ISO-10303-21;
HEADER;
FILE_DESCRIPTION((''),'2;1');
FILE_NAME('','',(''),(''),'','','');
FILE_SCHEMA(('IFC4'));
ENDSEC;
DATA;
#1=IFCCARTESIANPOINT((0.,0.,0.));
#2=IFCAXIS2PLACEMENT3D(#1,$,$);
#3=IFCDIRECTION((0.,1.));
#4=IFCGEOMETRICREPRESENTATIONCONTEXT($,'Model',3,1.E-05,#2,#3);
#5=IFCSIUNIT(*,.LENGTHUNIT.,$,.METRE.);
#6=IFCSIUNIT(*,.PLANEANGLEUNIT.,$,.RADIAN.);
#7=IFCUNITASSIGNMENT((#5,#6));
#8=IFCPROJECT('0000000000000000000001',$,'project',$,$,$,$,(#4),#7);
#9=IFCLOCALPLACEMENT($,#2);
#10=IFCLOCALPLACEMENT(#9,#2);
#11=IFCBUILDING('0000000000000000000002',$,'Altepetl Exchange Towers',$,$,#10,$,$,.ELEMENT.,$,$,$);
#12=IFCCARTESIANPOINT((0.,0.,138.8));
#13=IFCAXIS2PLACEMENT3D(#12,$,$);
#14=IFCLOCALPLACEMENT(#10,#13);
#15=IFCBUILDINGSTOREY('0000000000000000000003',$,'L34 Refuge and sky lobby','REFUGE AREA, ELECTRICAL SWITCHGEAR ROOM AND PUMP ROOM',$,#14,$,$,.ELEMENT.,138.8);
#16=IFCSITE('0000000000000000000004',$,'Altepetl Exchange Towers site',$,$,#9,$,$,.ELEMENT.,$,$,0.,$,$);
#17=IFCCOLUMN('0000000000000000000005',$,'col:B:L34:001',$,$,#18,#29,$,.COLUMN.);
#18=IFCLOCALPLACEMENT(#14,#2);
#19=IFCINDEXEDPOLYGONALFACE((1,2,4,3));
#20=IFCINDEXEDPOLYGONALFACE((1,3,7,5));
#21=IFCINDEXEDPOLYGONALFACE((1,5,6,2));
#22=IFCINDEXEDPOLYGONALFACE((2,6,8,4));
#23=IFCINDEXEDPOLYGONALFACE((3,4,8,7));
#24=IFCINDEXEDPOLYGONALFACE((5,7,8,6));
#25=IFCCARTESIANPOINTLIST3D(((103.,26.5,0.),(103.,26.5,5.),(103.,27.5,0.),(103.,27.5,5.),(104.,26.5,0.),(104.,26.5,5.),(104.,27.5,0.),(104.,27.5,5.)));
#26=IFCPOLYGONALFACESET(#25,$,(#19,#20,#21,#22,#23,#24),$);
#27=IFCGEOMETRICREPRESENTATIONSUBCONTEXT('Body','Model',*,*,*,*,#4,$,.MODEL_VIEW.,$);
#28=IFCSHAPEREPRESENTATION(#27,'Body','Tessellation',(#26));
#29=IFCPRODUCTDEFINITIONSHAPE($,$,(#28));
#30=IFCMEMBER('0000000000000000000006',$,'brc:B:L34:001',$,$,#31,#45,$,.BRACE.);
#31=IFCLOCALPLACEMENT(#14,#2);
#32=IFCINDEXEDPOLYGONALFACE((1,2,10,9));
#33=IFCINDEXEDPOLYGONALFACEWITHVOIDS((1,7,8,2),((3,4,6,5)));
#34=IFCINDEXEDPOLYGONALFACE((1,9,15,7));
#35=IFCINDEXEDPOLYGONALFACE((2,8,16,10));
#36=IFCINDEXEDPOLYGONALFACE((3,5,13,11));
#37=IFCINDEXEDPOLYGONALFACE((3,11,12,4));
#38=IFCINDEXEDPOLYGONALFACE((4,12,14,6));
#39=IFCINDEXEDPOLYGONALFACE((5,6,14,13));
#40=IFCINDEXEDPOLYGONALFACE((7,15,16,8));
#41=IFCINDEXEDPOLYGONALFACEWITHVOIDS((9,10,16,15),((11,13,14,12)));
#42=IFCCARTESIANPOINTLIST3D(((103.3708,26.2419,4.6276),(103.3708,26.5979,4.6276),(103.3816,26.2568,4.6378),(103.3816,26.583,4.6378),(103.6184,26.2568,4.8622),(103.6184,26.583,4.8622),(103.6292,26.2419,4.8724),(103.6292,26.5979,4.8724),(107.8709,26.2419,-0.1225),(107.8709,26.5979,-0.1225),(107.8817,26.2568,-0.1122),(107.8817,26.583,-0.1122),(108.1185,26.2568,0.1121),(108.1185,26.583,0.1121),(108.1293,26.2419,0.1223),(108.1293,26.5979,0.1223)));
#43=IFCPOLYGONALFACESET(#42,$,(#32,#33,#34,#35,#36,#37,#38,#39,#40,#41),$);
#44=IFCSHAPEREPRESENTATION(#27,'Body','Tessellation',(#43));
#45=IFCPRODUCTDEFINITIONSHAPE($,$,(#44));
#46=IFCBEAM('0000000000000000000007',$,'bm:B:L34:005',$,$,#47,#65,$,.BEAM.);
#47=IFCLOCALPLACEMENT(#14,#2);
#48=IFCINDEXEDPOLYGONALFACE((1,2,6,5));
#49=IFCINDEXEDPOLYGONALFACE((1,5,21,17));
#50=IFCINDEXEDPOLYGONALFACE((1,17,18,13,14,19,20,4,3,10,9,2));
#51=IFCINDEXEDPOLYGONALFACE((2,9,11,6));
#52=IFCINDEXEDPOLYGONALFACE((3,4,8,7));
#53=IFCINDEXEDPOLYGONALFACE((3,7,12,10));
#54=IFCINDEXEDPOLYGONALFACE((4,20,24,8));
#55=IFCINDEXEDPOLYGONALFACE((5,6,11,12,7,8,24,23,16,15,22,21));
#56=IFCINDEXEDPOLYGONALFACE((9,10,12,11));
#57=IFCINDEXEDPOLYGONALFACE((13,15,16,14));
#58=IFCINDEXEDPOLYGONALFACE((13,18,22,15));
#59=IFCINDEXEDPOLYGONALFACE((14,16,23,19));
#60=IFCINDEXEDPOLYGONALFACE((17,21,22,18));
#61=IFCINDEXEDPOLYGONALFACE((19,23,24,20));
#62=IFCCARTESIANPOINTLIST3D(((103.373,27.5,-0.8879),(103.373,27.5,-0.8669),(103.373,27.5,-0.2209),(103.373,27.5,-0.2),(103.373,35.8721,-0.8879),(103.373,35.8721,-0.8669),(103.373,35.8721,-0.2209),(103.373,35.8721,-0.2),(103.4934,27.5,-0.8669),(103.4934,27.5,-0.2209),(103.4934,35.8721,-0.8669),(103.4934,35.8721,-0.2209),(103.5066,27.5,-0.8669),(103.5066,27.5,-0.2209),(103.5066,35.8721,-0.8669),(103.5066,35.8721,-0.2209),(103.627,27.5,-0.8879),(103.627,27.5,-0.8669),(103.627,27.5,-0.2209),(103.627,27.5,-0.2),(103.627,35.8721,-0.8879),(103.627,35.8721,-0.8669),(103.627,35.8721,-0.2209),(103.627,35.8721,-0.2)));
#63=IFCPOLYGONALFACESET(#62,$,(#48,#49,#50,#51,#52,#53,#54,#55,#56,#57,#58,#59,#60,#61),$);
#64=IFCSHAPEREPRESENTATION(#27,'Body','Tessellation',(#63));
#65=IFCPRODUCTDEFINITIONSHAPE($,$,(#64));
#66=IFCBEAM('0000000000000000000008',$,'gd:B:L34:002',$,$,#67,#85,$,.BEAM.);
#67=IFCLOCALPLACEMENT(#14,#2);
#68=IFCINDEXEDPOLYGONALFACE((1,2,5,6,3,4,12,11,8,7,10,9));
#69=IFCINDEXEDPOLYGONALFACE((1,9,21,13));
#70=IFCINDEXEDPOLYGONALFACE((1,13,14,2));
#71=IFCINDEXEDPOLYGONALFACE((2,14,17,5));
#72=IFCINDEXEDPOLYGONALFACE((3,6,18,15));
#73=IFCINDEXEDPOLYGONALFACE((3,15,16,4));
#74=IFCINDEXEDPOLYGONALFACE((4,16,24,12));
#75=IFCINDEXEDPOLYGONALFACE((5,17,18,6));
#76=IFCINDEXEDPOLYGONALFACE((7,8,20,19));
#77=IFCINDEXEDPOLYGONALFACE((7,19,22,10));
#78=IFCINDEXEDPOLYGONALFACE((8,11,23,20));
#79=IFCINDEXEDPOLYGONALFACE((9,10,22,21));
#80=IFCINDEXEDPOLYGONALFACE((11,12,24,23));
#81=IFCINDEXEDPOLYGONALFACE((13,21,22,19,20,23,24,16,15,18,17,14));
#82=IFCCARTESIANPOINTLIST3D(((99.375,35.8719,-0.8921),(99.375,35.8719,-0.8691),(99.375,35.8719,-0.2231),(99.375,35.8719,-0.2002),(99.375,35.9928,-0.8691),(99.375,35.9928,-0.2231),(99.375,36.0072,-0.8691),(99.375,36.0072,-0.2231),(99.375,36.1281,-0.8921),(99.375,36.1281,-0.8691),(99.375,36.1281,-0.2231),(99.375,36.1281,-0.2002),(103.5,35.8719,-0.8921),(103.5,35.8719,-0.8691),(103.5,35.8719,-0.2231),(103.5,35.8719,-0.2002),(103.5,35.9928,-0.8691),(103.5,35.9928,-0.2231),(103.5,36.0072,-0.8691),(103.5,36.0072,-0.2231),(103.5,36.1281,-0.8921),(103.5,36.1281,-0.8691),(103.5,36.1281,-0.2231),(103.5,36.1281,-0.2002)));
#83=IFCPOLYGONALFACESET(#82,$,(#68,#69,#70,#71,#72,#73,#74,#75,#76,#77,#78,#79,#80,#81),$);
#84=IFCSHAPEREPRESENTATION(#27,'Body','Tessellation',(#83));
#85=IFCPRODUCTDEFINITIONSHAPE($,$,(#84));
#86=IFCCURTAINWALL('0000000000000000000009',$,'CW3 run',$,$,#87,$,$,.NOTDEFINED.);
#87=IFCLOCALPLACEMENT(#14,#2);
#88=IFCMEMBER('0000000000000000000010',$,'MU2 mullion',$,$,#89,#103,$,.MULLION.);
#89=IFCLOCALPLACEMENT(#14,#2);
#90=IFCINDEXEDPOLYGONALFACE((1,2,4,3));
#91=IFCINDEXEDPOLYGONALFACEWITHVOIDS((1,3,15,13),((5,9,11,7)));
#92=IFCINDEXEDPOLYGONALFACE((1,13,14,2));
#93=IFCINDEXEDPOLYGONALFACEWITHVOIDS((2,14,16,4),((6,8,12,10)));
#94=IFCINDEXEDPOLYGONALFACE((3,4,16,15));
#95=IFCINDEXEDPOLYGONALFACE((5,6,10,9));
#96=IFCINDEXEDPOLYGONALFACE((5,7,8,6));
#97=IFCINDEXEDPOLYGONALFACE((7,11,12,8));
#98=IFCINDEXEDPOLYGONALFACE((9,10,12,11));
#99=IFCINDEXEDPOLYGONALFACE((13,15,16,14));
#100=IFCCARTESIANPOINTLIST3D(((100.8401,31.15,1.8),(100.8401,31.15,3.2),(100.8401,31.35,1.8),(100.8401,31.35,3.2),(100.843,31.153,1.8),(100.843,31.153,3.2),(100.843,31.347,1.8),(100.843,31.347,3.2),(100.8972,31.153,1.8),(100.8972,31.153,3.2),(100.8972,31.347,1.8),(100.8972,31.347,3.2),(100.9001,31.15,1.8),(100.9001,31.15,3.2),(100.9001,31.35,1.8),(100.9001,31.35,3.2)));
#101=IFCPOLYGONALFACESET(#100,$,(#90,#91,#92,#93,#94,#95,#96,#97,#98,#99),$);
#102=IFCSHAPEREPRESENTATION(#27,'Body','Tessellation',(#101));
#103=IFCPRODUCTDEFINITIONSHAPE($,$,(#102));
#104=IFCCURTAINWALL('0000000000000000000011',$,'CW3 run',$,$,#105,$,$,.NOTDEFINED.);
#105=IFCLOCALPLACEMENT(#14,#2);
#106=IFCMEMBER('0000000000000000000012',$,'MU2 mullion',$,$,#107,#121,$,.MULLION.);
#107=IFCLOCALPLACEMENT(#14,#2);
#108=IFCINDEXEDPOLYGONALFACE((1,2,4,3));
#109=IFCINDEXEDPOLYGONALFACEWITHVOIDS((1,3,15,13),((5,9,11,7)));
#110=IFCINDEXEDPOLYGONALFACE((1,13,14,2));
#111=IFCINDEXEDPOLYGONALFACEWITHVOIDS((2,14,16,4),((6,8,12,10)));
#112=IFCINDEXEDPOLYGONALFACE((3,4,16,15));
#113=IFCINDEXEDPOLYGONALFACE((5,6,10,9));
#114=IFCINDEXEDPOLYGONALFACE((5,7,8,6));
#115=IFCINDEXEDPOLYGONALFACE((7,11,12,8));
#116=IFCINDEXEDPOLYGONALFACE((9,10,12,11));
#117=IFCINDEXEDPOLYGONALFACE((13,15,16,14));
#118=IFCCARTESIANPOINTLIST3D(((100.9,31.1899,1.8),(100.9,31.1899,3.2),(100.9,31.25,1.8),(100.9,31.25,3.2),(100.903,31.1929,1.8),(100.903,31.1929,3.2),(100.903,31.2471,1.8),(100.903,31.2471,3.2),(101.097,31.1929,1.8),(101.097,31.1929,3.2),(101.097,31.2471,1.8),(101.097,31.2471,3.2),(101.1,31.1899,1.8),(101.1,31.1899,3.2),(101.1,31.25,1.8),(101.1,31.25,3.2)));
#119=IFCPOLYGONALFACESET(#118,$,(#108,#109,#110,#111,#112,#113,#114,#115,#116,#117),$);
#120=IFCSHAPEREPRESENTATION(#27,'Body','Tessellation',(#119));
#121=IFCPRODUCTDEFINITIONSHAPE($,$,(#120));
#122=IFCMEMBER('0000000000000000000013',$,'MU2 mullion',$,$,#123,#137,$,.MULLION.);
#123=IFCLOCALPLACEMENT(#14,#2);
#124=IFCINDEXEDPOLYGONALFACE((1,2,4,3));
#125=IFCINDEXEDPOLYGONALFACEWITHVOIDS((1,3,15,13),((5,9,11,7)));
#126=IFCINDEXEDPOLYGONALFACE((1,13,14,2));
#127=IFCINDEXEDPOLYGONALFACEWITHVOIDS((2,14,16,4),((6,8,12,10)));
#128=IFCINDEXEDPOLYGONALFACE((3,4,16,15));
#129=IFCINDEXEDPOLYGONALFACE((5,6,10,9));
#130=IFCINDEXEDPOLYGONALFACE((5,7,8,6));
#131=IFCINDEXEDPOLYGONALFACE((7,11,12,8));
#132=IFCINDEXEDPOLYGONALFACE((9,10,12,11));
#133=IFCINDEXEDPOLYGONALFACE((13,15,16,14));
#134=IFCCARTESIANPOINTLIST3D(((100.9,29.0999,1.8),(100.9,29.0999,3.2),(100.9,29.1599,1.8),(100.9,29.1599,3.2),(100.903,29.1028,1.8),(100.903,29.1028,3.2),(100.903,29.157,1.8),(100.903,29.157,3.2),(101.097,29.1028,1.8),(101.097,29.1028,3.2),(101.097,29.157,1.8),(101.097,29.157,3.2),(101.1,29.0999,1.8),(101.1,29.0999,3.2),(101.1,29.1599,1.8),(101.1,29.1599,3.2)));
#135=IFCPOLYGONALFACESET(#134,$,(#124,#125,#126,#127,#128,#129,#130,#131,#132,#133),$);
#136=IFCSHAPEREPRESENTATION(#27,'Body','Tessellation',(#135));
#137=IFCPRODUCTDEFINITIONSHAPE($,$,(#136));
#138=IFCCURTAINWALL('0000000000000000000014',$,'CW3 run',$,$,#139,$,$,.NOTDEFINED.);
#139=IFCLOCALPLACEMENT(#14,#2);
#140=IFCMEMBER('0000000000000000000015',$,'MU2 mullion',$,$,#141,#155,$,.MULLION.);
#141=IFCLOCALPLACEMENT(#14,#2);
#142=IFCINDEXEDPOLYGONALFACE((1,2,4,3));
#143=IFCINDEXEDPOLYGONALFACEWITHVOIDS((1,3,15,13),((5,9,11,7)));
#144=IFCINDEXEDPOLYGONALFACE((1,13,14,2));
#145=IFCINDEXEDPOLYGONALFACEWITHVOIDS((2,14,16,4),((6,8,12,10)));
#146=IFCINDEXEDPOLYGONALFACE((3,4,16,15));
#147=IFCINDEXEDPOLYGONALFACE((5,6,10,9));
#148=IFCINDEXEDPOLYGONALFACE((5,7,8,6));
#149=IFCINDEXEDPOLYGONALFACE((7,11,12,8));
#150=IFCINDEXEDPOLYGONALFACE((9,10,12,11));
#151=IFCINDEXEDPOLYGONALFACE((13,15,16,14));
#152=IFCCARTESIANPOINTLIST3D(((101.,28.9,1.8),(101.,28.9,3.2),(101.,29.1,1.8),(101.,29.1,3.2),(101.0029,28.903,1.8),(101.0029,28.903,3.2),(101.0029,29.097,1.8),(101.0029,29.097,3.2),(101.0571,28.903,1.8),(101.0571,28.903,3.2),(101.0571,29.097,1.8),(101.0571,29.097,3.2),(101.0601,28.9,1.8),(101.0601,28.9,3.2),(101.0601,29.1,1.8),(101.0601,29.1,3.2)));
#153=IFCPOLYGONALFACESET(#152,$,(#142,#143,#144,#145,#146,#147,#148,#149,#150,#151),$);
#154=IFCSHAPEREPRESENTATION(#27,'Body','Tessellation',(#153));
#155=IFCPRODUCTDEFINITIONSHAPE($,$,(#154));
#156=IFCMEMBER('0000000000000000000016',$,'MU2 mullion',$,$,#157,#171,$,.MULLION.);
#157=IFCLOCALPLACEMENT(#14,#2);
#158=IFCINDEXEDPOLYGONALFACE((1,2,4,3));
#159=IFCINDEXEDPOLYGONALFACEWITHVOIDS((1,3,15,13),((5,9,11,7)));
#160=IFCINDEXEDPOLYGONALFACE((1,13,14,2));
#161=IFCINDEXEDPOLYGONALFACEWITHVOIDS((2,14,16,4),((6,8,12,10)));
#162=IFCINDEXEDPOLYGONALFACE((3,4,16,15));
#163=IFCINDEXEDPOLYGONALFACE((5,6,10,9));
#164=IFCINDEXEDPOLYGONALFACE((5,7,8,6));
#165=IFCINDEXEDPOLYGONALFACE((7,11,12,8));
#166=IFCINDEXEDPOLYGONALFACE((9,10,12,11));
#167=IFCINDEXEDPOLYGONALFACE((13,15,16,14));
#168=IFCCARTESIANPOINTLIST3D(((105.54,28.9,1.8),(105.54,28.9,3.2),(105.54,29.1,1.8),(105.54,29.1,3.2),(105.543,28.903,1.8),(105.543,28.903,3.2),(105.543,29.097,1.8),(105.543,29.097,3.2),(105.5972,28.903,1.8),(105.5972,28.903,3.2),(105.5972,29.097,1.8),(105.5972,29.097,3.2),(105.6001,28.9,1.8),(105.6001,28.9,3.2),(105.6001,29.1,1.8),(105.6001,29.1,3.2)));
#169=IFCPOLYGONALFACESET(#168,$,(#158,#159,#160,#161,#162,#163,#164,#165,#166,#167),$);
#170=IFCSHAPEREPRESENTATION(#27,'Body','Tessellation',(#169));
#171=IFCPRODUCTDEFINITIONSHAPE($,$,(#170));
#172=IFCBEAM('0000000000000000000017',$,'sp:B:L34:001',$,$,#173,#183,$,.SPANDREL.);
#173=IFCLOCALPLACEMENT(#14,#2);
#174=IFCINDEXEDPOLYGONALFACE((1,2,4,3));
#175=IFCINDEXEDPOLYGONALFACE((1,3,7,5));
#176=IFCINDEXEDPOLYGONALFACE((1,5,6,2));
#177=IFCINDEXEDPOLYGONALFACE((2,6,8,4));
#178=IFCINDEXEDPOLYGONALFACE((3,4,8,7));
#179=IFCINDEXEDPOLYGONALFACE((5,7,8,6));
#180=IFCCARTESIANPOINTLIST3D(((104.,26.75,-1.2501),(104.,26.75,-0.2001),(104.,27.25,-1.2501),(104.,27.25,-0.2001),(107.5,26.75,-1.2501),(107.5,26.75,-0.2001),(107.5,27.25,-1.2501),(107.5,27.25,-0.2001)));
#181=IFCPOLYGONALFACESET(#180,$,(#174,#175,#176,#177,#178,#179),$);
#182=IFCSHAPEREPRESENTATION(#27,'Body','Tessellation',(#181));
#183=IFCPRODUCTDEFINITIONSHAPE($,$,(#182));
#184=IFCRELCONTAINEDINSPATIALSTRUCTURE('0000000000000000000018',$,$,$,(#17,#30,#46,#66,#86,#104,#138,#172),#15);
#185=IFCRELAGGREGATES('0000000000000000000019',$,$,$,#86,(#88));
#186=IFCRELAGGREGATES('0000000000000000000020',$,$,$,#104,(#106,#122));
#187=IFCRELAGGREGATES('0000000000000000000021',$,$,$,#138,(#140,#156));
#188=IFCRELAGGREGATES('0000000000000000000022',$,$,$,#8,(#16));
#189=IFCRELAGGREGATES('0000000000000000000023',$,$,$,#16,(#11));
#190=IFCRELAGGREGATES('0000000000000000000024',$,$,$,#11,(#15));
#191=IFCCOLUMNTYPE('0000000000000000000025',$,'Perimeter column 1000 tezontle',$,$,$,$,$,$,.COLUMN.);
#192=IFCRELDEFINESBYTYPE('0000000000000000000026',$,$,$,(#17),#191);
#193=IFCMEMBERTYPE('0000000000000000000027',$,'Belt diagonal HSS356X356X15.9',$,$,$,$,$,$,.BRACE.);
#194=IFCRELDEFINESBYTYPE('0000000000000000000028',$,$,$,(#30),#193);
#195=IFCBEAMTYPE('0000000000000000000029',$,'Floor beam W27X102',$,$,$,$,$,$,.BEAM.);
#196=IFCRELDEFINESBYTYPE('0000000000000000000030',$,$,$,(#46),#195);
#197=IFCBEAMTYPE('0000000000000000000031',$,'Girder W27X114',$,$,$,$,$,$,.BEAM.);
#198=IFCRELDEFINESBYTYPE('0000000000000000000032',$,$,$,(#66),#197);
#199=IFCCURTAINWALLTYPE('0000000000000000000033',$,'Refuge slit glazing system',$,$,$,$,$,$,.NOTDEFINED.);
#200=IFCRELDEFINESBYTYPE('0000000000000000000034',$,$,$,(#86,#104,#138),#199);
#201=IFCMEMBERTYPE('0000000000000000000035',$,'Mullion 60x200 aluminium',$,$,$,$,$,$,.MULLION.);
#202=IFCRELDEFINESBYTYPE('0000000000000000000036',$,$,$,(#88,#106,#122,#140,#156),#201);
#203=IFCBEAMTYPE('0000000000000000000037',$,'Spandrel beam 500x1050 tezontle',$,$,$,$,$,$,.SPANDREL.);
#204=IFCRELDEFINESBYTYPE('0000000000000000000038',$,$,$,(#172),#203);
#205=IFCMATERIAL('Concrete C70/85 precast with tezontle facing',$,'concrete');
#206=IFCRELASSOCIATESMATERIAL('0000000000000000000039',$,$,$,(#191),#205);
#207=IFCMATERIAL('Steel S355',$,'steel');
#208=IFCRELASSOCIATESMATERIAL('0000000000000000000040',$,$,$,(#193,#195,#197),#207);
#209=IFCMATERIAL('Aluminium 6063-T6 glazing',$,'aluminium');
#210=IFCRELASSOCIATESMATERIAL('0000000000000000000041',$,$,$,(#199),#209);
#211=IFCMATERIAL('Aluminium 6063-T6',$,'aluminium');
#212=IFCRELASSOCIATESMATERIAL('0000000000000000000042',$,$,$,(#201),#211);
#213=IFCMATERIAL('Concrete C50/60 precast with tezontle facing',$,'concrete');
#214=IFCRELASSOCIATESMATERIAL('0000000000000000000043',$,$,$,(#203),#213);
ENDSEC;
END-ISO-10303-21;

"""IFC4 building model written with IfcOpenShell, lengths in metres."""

from ifc_helpers import new_model, si_unit, direction, frame, origin, origin_2d, place, context, subcontext, project, spatial, rectangle, hollow_rectangle, i_section, extrude, material, material_profile, profile_set, type_object, element, aggregate, save


model = new_model("IFC4")

# Units and contexts
model_context = context("Model", 3, precision=1e-05, world=origin(), true_north=direction((0.0, 1.0)))
body_context = subcontext(model_context, "Body", "Model", "MODEL_VIEW")
ifc_project = project(units=[si_unit("LENGTHUNIT", "METRE"), si_unit("PLANEANGLEUNIT", "RADIAN")], contexts=[model_context])

# Site, building, storey
site_placement = place(None, origin())
site = spatial("IfcSite", under=ifc_project, at=site_placement, Name="Altepetl Exchange Towers site", CompositionType="ELEMENT", RefElevation=0.0)
building_placement = place(site_placement, origin())
building = spatial("IfcBuilding", under=site, at=building_placement, Name="Altepetl Exchange Towers", CompositionType="ELEMENT")
storey_placement = place(building_placement, frame((0.0, 0.0, 138.8)))
storey = spatial("IfcBuildingStorey", under=building, at=storey_placement, Name="L34 Refuge and sky lobby", Description="REFUGE AREA, ELECTRICAL SWITCHGEAR ROOM AND PUMP ROOM", CompositionType="ELEMENT", Elevation=138.8)

# Column
ifc_material_1 = material(Name="Concrete C70/85 precast with tezontle facing", Category="concrete")
ifc_material_profile_1 = material_profile(ifc_material_1, rectangle(XDim=1.0, YDim=1.0, at=origin_2d()), Name="1000 x 1000")
ifc_profile_set_1 = profile_set([ifc_material_profile_1], Name="Concrete C70/85 precast with tezontle facing")
column_type = type_object("IfcColumnType", Name="Perimeter column 1000 tezontle", PredefinedType="COLUMN", material=ifc_profile_set_1)
column_placement = place(storey_placement, frame((103.5, 27.0, 0.0)))
element("IfcColumn", 1, at=column_placement, inside=storey, type_object=column_type, Name="col:B:L34:001", PredefinedType="COLUMN", context=body_context, shape_type="SweptSolid", body=[
    extrude(rectangle(XDim=1.0, YDim=1.0, at=origin_2d()), origin(), (0.0, 0.0, 1.0), 5.0),
])

# Member
ifc_material_2 = material(Name="Steel S355", Category="steel")
ifc_material_profile_2 = material_profile(ifc_material_2, hollow_rectangle(XDim=0.356, YDim=0.356, WallThickness=0.0149, at=origin_2d()), Name="HSS356X356X15.9")
ifc_profile_set_2 = profile_set([ifc_material_profile_2], Name="Steel S355")
member_type_1 = type_object("IfcMemberType", Name="Belt diagonal HSS356X356X15.9", PredefinedType="BRACE", material=ifc_profile_set_2)
member_1_placement = place(storey_placement, frame((103.5, 26.4199, 4.75), z_axis=(0.687745, 0.0, -0.725953), x_axis=(0.0, 1.0, 0.0)))
element("IfcMember", 2, at=member_1_placement, inside=storey, type_object=member_type_1, Name="brc:B:L34:001", PredefinedType="BRACE", context=body_context, shape_type="SweptSolid", body=[
    extrude(hollow_rectangle(XDim=0.356, YDim=0.356, WallThickness=0.0149, at=origin_2d()), origin(), (0.0, 0.0, 1.0), 6.5432),
])

# Beams
ifc_material_profile_3 = material_profile(ifc_material_2, i_section(OverallWidth=0.2539, OverallDepth=0.688, WebThickness=0.0132, FlangeThickness=0.021, at=origin_2d()), Name="W27X102")
ifc_profile_set_3 = profile_set([ifc_material_profile_3], Name="Steel S355")
beam_type_1 = type_object("IfcBeamType", Name="Floor beam W27X102", PredefinedType="BEAM", material=ifc_profile_set_3)
beam_1_placement = place(storey_placement, frame((103.5, 27.5, -0.5439), z_axis=(0.0, 1.0, 0.0), x_axis=(-1.0, 0.0, 0.0)))
element("IfcBeam", 3, at=beam_1_placement, inside=storey, type_object=beam_type_1, Name="bm:B:L34:005", PredefinedType="BEAM", context=body_context, shape_type="SweptSolid", body=[
    extrude(i_section(OverallWidth=0.2539, OverallDepth=0.688, WebThickness=0.0132, FlangeThickness=0.021, at=origin_2d()), origin(), (0.0, 0.0, 1.0), 8.3721),
])
ifc_material_profile_4 = material_profile(ifc_material_2, i_section(OverallWidth=0.2561, OverallDepth=0.6919, WebThickness=0.0144, FlangeThickness=0.0229, at=origin_2d()), Name="W27X114")
ifc_profile_set_4 = profile_set([ifc_material_profile_4], Name="Steel S355")
beam_type_2 = type_object("IfcBeamType", Name="Girder W27X114", PredefinedType="BEAM", material=ifc_profile_set_4)
beam_2_placement = place(storey_placement, frame((103.5, 36.0, -0.5461), z_axis=(-1.0, 0.0, 0.0), x_axis=(0.0, -1.0, 0.0)))
element("IfcBeam", 4, at=beam_2_placement, inside=storey, type_object=beam_type_2, Name="gd:B:L34:002", PredefinedType="BEAM", context=body_context, shape_type="SweptSolid", body=[
    extrude(i_section(OverallWidth=0.2561, OverallDepth=0.6919, WebThickness=0.0144, FlangeThickness=0.0229, at=origin_2d()), origin(), (0.0, 0.0, 1.0), 4.125),
])

# Curtain wall, member
ifc_material_3 = material(Name="Aluminium 6063-T6 glazing", Category="aluminium")
curtain_wall_type = type_object("IfcCurtainWallType", Name="Refuge slit glazing system", PredefinedType="NOTDEFINED", material=ifc_material_3)
curtain_wall_1_placement = place(storey_placement, origin())
curtain_wall_1 = element("IfcCurtainWall", 5, at=curtain_wall_1_placement, inside=storey, type_object=curtain_wall_type, Name="CW3 run", PredefinedType="NOTDEFINED")
ifc_material_4 = material(Name="Aluminium 6063-T6", Category="aluminium")
ifc_material_profile_5 = material_profile(ifc_material_4, hollow_rectangle(XDim=0.0601, YDim=0.2, WallThickness=0.0029, at=origin_2d()), Name="Mullion 60x200 aluminium")
ifc_profile_set_5 = profile_set([ifc_material_profile_5], Name="Aluminium 6063-T6")
member_type_2 = type_object("IfcMemberType", Name="Mullion 60x200 aluminium", PredefinedType="MULLION", material=ifc_profile_set_5)
member_2_placement = place(storey_placement, frame((100.8701, 31.25, 1.8)))
member_2 = element("IfcMember", 6, at=member_2_placement, type_object=member_type_2, Name="MU2 mullion", PredefinedType="MULLION", context=body_context, shape_type="SweptSolid", body=[
    extrude(hollow_rectangle(XDim=0.0601, YDim=0.2, WallThickness=0.0029, at=origin_2d()), origin(), (0.0, 0.0, 1.0), 1.3999),
])
aggregate(curtain_wall_1, [member_2])

# Curtain walls, members
curtain_wall_2_placement = place(storey_placement, origin())
curtain_wall_2 = element("IfcCurtainWall", 7, at=curtain_wall_2_placement, inside=storey, type_object=curtain_wall_type, Name="CW3 run", PredefinedType="NOTDEFINED")
member_3_placement = place(storey_placement, frame((101.0, 31.22, 1.8), z_axis=(0.0, 0.0, 1.0), x_axis=(0.0, -1.0, 0.0)))
member_3 = element("IfcMember", 8, at=member_3_placement, type_object=member_type_2, Name="MU2 mullion", PredefinedType="MULLION", context=body_context, shape_type="SweptSolid", body=[
    extrude(hollow_rectangle(XDim=0.0601, YDim=0.2, WallThickness=0.0029, at=origin_2d()), origin(), (0.0, 0.0, 1.0), 1.3999),
])
member_4_placement = place(storey_placement, frame((101.0, 29.1299, 1.8), z_axis=(0.0, 0.0, 1.0), x_axis=(0.0, -1.0, 0.0)))
member_4 = element("IfcMember", 9, at=member_4_placement, type_object=member_type_2, Name="MU2 mullion", PredefinedType="MULLION", context=body_context, shape_type="SweptSolid", body=[
    extrude(hollow_rectangle(XDim=0.0601, YDim=0.2, WallThickness=0.0029, at=origin_2d()), origin(), (0.0, 0.0, 1.0), 1.3999),
])
curtain_wall_3_placement = place(storey_placement, origin())
curtain_wall_3 = element("IfcCurtainWall", 10, at=curtain_wall_3_placement, inside=storey, type_object=curtain_wall_type, Name="CW3 run", PredefinedType="NOTDEFINED")
member_5_placement = place(storey_placement, frame((101.03, 29.0, 1.8)))
member_5 = element("IfcMember", 11, at=member_5_placement, type_object=member_type_2, Name="MU2 mullion", PredefinedType="MULLION", context=body_context, shape_type="SweptSolid", body=[
    extrude(hollow_rectangle(XDim=0.0601, YDim=0.2, WallThickness=0.0029, at=origin_2d()), origin(), (0.0, 0.0, 1.0), 1.3999),
])
member_6_placement = place(storey_placement, frame((105.5701, 29.0, 1.8)))
member_6 = element("IfcMember", 12, at=member_6_placement, type_object=member_type_2, Name="MU2 mullion", PredefinedType="MULLION", context=body_context, shape_type="SweptSolid", body=[
    extrude(hollow_rectangle(XDim=0.0601, YDim=0.2, WallThickness=0.0029, at=origin_2d()), origin(), (0.0, 0.0, 1.0), 1.3999),
])

# Beam
ifc_material_5 = material(Name="Concrete C50/60 precast with tezontle facing", Category="concrete")
ifc_material_profile_6 = material_profile(ifc_material_5, rectangle(XDim=0.5, YDim=1.05, at=origin_2d()), Name="500 x 1050")
ifc_profile_set_6 = profile_set([ifc_material_profile_6], Name="Concrete C50/60 precast with tezontle facing")
beam_type_3 = type_object("IfcBeamType", Name="Spandrel beam 500x1050 tezontle", PredefinedType="SPANDREL", material=ifc_profile_set_6)
beam_3_placement = place(storey_placement, frame((104.0, 27.0, -0.7251), z_axis=(1.0, 0.0, 0.0), x_axis=(0.0, 1.0, 0.0)))
element("IfcBeam", 13, at=beam_3_placement, inside=storey, type_object=beam_type_3, Name="sp:B:L34:001", PredefinedType="SPANDREL", context=body_context, shape_type="SweptSolid", body=[
    extrude(rectangle(XDim=0.5, YDim=1.05, at=origin_2d()), origin(), (0.0, 0.0, 1.0), 3.5),
])

aggregate(curtain_wall_2, [member_3, member_4])
aggregate(curtain_wall_3, [member_5, member_6])

save(model, "model.ifc")
